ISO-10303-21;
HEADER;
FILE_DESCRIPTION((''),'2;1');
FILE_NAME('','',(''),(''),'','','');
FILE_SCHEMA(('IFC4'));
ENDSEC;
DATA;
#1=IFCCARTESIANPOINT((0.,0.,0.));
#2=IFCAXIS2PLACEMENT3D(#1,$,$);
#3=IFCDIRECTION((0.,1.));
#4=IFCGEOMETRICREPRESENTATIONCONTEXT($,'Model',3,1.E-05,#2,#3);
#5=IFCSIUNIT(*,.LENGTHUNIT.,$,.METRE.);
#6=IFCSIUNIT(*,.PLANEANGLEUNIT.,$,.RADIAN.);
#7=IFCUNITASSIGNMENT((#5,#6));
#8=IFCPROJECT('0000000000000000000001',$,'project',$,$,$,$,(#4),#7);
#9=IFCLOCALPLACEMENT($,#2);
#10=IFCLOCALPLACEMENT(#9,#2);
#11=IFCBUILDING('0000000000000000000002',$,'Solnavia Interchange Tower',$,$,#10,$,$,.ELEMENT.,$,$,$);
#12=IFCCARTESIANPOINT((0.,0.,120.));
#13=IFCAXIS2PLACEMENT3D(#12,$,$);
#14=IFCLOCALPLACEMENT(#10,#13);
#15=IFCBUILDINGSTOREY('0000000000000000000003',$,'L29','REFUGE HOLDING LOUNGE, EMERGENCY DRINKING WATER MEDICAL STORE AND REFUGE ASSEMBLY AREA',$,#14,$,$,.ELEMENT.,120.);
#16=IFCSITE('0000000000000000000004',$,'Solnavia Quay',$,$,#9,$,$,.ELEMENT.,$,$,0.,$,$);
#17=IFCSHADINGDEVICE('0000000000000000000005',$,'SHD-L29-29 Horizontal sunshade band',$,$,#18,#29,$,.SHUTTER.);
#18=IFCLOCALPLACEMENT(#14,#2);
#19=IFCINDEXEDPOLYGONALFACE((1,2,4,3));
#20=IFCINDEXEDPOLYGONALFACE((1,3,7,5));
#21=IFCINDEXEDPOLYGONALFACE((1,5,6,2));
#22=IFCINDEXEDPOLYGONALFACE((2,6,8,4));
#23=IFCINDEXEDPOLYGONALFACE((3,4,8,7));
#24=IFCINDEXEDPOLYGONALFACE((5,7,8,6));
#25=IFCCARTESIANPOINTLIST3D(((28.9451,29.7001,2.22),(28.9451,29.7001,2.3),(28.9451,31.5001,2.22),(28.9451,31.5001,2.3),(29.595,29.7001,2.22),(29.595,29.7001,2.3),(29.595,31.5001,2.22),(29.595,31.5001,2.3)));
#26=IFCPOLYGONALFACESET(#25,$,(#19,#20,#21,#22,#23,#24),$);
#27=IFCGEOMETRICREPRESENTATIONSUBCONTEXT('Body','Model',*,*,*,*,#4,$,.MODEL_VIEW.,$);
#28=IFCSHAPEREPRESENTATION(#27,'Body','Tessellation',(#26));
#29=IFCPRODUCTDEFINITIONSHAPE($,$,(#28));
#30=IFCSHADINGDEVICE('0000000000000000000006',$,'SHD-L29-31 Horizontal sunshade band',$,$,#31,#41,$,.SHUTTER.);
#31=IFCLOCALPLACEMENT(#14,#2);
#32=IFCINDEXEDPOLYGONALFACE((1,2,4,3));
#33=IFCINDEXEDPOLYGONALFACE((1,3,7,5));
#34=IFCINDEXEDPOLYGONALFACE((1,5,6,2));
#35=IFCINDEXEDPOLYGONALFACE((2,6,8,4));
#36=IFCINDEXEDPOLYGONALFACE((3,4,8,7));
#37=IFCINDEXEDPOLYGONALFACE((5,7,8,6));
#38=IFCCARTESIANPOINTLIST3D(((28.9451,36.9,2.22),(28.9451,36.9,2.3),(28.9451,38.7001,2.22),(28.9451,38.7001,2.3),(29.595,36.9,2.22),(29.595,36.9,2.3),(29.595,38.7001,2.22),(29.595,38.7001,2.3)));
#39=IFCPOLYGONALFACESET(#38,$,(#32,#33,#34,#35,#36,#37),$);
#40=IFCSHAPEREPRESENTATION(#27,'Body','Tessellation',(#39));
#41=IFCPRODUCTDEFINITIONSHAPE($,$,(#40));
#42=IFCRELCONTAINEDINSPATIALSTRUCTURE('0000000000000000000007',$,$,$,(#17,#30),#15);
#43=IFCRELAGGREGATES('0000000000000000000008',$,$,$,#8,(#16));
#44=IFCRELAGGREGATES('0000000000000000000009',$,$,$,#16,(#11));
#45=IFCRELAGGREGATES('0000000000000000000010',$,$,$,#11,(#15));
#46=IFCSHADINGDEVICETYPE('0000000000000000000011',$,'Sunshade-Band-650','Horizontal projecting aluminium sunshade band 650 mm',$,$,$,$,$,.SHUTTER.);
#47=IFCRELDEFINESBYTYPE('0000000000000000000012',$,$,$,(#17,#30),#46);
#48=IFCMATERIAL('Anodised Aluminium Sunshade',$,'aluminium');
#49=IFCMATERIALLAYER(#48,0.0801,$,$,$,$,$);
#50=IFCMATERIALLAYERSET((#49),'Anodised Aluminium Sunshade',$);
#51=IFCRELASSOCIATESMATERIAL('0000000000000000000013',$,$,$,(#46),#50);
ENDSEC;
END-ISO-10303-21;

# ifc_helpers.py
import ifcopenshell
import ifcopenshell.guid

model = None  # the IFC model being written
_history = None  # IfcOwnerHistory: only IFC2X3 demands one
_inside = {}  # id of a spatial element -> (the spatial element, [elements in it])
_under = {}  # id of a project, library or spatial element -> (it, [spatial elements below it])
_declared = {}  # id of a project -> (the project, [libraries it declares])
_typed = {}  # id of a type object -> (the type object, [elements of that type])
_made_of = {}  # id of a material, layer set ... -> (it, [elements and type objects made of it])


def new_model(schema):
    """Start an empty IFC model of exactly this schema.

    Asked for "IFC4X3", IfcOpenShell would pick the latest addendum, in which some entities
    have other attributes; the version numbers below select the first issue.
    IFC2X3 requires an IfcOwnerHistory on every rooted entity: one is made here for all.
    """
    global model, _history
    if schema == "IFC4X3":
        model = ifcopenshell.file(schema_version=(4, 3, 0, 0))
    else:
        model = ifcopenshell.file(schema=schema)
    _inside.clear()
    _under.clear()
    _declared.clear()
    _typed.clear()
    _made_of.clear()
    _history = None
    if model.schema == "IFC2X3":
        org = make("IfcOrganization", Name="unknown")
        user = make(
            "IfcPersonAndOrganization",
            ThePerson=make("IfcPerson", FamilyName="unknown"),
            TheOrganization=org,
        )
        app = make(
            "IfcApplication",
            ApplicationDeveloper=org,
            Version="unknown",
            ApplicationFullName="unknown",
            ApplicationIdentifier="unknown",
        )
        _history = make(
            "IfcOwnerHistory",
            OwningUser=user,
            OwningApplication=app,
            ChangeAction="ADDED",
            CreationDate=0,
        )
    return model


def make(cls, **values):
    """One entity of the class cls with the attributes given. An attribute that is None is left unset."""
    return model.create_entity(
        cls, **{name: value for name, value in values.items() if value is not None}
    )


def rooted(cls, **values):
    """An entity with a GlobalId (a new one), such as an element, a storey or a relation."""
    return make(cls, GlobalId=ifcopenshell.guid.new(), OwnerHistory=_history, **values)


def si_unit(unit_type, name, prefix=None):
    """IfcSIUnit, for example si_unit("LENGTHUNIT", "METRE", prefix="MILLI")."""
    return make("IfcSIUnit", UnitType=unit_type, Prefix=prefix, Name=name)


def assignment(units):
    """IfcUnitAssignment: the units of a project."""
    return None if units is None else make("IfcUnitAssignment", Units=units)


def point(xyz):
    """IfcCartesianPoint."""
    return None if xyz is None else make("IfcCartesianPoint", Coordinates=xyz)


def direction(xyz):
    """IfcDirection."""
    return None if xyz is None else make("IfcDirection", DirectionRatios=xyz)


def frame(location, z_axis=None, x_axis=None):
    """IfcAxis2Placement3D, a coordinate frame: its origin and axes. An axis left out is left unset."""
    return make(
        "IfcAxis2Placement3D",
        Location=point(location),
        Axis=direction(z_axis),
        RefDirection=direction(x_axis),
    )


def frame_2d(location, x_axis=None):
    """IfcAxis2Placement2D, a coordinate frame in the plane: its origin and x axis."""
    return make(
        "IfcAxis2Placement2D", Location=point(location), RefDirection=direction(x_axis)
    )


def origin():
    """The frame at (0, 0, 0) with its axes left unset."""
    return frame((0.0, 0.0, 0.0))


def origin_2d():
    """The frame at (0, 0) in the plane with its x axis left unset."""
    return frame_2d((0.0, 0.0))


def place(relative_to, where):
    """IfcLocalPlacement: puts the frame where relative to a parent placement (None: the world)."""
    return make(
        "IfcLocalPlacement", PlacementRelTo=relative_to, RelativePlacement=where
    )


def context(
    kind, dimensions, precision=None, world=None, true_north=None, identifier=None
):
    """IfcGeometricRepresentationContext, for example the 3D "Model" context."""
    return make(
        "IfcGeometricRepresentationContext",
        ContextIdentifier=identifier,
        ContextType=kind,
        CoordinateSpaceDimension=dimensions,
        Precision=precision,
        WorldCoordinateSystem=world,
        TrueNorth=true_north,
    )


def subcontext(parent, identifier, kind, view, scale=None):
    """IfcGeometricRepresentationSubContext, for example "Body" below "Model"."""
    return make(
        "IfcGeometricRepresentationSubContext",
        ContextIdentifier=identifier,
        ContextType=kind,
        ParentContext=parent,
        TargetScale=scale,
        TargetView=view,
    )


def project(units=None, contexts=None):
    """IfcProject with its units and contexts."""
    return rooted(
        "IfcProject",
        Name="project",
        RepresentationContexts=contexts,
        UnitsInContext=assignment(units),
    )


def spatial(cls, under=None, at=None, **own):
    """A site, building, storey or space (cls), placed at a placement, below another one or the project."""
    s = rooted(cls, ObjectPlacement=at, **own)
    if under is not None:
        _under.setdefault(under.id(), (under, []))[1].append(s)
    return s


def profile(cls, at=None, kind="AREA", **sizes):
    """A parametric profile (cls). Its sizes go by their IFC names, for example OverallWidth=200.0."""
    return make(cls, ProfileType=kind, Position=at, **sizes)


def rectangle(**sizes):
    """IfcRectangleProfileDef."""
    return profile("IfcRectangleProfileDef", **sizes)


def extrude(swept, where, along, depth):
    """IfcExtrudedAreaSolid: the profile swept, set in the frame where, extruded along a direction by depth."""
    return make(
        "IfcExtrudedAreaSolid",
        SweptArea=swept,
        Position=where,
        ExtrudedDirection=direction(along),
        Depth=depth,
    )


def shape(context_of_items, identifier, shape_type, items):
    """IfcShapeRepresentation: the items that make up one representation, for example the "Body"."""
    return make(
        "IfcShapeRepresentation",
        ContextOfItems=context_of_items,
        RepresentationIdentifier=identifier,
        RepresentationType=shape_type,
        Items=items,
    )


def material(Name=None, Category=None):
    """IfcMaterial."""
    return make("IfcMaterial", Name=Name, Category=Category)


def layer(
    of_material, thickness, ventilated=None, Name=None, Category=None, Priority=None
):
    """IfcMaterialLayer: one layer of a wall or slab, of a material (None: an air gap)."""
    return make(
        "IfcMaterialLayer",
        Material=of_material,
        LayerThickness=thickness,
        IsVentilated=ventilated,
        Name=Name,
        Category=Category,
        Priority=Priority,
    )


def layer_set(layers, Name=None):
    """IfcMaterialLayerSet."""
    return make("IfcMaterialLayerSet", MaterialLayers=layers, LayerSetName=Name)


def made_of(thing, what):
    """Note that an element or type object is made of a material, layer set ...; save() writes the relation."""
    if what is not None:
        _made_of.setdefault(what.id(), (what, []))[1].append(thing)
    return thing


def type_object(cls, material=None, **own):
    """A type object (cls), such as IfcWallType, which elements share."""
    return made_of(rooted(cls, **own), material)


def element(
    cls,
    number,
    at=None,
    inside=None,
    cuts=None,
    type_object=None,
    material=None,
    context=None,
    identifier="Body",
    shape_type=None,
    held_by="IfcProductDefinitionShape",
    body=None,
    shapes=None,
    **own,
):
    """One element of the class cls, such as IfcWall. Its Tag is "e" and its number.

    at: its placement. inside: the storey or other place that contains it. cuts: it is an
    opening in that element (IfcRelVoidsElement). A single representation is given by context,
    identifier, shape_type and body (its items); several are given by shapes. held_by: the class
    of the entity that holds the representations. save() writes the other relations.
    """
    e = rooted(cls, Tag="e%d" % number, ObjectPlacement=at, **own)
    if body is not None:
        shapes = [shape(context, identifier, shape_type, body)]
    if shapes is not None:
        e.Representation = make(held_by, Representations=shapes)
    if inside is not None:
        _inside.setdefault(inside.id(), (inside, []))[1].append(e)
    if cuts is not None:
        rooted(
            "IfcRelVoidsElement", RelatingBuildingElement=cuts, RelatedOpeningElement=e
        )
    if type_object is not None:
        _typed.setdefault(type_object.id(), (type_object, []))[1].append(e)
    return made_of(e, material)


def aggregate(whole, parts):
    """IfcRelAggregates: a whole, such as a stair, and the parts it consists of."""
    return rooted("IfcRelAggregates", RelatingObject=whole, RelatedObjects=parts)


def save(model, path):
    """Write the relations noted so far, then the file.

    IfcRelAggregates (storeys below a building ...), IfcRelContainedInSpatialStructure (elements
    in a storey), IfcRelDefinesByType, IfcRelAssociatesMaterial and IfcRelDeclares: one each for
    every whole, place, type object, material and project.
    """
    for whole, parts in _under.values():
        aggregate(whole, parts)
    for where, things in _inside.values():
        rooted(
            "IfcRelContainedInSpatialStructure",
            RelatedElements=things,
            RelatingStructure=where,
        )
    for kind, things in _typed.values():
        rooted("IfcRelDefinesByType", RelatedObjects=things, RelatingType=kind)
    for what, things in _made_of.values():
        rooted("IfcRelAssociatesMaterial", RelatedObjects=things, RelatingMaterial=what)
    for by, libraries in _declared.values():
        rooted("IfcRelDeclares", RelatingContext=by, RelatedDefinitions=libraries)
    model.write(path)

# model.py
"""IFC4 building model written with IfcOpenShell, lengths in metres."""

from ifc_helpers import new_model, si_unit, direction, frame, origin, origin_2d, place, context, subcontext, project, spatial, rectangle, extrude, material, layer, layer_set, type_object, element, save


model = new_model("IFC4")

# Units and contexts
model_context = context("Model", 3, precision=1e-05, world=origin(), true_north=direction((0.0, 1.0)))
body_context = subcontext(model_context, "Body", "Model", "MODEL_VIEW")
ifc_project = project(units=[si_unit("LENGTHUNIT", "METRE"), si_unit("PLANEANGLEUNIT", "RADIAN")], contexts=[model_context])

# Site, building, storey
site_placement = place(None, origin())
site = spatial("IfcSite", under=ifc_project, at=site_placement, Name="Solnavia Quay", CompositionType="ELEMENT", RefElevation=0.0)
building_placement = place(site_placement, origin())
building = spatial("IfcBuilding", under=site, at=building_placement, Name="Solnavia Interchange Tower", CompositionType="ELEMENT")
storey_placement = place(building_placement, frame((0.0, 0.0, 120.0)))
storey = spatial("IfcBuildingStorey", under=building, at=storey_placement, Name="L29", Description="REFUGE HOLDING LOUNGE, EMERGENCY DRINKING WATER MEDICAL STORE AND REFUGE ASSEMBLY AREA", CompositionType="ELEMENT", Elevation=120.0)

# Shading devices
ifc_material_1 = material(Name="Anodised Aluminium Sunshade", Category="aluminium")
ifc_layer_1 = layer(ifc_material_1, 0.0801)
ifc_layer_set_1 = layer_set([ifc_layer_1], Name="Anodised Aluminium Sunshade")
shading_device_type = type_object("IfcShadingDeviceType", Name="Sunshade-Band-650", Description="Horizontal projecting aluminium sunshade band 650 mm", PredefinedType="SHUTTER", material=ifc_layer_set_1)
for number, where, z_axis, x_axis, name in (
    (1, (29.27, 30.6001, 2.22), (0.0, 0.0, 1.0), (0.0, -1.0, 0.0), "SHD-L29-29 Horizontal sunshade band"),
    (2, (29.27, 37.8, 2.22), (0.0, 0.0, 1.0), (0.0, -1.0, 0.0), "SHD-L29-31 Horizontal sunshade band"),
):
    element("IfcShadingDevice", number, at=place(storey_placement, frame(where, z_axis=z_axis, x_axis=x_axis)), inside=storey, type_object=shading_device_type, Name=name, PredefinedType="SHUTTER", context=body_context, shape_type="SweptSolid", body=[
        extrude(rectangle(XDim=1.8, YDim=0.6499, at=origin_2d()), origin(), (0.0, 0.0, 1.0), 0.0801),
    ])

save(model, "model.ifc")
